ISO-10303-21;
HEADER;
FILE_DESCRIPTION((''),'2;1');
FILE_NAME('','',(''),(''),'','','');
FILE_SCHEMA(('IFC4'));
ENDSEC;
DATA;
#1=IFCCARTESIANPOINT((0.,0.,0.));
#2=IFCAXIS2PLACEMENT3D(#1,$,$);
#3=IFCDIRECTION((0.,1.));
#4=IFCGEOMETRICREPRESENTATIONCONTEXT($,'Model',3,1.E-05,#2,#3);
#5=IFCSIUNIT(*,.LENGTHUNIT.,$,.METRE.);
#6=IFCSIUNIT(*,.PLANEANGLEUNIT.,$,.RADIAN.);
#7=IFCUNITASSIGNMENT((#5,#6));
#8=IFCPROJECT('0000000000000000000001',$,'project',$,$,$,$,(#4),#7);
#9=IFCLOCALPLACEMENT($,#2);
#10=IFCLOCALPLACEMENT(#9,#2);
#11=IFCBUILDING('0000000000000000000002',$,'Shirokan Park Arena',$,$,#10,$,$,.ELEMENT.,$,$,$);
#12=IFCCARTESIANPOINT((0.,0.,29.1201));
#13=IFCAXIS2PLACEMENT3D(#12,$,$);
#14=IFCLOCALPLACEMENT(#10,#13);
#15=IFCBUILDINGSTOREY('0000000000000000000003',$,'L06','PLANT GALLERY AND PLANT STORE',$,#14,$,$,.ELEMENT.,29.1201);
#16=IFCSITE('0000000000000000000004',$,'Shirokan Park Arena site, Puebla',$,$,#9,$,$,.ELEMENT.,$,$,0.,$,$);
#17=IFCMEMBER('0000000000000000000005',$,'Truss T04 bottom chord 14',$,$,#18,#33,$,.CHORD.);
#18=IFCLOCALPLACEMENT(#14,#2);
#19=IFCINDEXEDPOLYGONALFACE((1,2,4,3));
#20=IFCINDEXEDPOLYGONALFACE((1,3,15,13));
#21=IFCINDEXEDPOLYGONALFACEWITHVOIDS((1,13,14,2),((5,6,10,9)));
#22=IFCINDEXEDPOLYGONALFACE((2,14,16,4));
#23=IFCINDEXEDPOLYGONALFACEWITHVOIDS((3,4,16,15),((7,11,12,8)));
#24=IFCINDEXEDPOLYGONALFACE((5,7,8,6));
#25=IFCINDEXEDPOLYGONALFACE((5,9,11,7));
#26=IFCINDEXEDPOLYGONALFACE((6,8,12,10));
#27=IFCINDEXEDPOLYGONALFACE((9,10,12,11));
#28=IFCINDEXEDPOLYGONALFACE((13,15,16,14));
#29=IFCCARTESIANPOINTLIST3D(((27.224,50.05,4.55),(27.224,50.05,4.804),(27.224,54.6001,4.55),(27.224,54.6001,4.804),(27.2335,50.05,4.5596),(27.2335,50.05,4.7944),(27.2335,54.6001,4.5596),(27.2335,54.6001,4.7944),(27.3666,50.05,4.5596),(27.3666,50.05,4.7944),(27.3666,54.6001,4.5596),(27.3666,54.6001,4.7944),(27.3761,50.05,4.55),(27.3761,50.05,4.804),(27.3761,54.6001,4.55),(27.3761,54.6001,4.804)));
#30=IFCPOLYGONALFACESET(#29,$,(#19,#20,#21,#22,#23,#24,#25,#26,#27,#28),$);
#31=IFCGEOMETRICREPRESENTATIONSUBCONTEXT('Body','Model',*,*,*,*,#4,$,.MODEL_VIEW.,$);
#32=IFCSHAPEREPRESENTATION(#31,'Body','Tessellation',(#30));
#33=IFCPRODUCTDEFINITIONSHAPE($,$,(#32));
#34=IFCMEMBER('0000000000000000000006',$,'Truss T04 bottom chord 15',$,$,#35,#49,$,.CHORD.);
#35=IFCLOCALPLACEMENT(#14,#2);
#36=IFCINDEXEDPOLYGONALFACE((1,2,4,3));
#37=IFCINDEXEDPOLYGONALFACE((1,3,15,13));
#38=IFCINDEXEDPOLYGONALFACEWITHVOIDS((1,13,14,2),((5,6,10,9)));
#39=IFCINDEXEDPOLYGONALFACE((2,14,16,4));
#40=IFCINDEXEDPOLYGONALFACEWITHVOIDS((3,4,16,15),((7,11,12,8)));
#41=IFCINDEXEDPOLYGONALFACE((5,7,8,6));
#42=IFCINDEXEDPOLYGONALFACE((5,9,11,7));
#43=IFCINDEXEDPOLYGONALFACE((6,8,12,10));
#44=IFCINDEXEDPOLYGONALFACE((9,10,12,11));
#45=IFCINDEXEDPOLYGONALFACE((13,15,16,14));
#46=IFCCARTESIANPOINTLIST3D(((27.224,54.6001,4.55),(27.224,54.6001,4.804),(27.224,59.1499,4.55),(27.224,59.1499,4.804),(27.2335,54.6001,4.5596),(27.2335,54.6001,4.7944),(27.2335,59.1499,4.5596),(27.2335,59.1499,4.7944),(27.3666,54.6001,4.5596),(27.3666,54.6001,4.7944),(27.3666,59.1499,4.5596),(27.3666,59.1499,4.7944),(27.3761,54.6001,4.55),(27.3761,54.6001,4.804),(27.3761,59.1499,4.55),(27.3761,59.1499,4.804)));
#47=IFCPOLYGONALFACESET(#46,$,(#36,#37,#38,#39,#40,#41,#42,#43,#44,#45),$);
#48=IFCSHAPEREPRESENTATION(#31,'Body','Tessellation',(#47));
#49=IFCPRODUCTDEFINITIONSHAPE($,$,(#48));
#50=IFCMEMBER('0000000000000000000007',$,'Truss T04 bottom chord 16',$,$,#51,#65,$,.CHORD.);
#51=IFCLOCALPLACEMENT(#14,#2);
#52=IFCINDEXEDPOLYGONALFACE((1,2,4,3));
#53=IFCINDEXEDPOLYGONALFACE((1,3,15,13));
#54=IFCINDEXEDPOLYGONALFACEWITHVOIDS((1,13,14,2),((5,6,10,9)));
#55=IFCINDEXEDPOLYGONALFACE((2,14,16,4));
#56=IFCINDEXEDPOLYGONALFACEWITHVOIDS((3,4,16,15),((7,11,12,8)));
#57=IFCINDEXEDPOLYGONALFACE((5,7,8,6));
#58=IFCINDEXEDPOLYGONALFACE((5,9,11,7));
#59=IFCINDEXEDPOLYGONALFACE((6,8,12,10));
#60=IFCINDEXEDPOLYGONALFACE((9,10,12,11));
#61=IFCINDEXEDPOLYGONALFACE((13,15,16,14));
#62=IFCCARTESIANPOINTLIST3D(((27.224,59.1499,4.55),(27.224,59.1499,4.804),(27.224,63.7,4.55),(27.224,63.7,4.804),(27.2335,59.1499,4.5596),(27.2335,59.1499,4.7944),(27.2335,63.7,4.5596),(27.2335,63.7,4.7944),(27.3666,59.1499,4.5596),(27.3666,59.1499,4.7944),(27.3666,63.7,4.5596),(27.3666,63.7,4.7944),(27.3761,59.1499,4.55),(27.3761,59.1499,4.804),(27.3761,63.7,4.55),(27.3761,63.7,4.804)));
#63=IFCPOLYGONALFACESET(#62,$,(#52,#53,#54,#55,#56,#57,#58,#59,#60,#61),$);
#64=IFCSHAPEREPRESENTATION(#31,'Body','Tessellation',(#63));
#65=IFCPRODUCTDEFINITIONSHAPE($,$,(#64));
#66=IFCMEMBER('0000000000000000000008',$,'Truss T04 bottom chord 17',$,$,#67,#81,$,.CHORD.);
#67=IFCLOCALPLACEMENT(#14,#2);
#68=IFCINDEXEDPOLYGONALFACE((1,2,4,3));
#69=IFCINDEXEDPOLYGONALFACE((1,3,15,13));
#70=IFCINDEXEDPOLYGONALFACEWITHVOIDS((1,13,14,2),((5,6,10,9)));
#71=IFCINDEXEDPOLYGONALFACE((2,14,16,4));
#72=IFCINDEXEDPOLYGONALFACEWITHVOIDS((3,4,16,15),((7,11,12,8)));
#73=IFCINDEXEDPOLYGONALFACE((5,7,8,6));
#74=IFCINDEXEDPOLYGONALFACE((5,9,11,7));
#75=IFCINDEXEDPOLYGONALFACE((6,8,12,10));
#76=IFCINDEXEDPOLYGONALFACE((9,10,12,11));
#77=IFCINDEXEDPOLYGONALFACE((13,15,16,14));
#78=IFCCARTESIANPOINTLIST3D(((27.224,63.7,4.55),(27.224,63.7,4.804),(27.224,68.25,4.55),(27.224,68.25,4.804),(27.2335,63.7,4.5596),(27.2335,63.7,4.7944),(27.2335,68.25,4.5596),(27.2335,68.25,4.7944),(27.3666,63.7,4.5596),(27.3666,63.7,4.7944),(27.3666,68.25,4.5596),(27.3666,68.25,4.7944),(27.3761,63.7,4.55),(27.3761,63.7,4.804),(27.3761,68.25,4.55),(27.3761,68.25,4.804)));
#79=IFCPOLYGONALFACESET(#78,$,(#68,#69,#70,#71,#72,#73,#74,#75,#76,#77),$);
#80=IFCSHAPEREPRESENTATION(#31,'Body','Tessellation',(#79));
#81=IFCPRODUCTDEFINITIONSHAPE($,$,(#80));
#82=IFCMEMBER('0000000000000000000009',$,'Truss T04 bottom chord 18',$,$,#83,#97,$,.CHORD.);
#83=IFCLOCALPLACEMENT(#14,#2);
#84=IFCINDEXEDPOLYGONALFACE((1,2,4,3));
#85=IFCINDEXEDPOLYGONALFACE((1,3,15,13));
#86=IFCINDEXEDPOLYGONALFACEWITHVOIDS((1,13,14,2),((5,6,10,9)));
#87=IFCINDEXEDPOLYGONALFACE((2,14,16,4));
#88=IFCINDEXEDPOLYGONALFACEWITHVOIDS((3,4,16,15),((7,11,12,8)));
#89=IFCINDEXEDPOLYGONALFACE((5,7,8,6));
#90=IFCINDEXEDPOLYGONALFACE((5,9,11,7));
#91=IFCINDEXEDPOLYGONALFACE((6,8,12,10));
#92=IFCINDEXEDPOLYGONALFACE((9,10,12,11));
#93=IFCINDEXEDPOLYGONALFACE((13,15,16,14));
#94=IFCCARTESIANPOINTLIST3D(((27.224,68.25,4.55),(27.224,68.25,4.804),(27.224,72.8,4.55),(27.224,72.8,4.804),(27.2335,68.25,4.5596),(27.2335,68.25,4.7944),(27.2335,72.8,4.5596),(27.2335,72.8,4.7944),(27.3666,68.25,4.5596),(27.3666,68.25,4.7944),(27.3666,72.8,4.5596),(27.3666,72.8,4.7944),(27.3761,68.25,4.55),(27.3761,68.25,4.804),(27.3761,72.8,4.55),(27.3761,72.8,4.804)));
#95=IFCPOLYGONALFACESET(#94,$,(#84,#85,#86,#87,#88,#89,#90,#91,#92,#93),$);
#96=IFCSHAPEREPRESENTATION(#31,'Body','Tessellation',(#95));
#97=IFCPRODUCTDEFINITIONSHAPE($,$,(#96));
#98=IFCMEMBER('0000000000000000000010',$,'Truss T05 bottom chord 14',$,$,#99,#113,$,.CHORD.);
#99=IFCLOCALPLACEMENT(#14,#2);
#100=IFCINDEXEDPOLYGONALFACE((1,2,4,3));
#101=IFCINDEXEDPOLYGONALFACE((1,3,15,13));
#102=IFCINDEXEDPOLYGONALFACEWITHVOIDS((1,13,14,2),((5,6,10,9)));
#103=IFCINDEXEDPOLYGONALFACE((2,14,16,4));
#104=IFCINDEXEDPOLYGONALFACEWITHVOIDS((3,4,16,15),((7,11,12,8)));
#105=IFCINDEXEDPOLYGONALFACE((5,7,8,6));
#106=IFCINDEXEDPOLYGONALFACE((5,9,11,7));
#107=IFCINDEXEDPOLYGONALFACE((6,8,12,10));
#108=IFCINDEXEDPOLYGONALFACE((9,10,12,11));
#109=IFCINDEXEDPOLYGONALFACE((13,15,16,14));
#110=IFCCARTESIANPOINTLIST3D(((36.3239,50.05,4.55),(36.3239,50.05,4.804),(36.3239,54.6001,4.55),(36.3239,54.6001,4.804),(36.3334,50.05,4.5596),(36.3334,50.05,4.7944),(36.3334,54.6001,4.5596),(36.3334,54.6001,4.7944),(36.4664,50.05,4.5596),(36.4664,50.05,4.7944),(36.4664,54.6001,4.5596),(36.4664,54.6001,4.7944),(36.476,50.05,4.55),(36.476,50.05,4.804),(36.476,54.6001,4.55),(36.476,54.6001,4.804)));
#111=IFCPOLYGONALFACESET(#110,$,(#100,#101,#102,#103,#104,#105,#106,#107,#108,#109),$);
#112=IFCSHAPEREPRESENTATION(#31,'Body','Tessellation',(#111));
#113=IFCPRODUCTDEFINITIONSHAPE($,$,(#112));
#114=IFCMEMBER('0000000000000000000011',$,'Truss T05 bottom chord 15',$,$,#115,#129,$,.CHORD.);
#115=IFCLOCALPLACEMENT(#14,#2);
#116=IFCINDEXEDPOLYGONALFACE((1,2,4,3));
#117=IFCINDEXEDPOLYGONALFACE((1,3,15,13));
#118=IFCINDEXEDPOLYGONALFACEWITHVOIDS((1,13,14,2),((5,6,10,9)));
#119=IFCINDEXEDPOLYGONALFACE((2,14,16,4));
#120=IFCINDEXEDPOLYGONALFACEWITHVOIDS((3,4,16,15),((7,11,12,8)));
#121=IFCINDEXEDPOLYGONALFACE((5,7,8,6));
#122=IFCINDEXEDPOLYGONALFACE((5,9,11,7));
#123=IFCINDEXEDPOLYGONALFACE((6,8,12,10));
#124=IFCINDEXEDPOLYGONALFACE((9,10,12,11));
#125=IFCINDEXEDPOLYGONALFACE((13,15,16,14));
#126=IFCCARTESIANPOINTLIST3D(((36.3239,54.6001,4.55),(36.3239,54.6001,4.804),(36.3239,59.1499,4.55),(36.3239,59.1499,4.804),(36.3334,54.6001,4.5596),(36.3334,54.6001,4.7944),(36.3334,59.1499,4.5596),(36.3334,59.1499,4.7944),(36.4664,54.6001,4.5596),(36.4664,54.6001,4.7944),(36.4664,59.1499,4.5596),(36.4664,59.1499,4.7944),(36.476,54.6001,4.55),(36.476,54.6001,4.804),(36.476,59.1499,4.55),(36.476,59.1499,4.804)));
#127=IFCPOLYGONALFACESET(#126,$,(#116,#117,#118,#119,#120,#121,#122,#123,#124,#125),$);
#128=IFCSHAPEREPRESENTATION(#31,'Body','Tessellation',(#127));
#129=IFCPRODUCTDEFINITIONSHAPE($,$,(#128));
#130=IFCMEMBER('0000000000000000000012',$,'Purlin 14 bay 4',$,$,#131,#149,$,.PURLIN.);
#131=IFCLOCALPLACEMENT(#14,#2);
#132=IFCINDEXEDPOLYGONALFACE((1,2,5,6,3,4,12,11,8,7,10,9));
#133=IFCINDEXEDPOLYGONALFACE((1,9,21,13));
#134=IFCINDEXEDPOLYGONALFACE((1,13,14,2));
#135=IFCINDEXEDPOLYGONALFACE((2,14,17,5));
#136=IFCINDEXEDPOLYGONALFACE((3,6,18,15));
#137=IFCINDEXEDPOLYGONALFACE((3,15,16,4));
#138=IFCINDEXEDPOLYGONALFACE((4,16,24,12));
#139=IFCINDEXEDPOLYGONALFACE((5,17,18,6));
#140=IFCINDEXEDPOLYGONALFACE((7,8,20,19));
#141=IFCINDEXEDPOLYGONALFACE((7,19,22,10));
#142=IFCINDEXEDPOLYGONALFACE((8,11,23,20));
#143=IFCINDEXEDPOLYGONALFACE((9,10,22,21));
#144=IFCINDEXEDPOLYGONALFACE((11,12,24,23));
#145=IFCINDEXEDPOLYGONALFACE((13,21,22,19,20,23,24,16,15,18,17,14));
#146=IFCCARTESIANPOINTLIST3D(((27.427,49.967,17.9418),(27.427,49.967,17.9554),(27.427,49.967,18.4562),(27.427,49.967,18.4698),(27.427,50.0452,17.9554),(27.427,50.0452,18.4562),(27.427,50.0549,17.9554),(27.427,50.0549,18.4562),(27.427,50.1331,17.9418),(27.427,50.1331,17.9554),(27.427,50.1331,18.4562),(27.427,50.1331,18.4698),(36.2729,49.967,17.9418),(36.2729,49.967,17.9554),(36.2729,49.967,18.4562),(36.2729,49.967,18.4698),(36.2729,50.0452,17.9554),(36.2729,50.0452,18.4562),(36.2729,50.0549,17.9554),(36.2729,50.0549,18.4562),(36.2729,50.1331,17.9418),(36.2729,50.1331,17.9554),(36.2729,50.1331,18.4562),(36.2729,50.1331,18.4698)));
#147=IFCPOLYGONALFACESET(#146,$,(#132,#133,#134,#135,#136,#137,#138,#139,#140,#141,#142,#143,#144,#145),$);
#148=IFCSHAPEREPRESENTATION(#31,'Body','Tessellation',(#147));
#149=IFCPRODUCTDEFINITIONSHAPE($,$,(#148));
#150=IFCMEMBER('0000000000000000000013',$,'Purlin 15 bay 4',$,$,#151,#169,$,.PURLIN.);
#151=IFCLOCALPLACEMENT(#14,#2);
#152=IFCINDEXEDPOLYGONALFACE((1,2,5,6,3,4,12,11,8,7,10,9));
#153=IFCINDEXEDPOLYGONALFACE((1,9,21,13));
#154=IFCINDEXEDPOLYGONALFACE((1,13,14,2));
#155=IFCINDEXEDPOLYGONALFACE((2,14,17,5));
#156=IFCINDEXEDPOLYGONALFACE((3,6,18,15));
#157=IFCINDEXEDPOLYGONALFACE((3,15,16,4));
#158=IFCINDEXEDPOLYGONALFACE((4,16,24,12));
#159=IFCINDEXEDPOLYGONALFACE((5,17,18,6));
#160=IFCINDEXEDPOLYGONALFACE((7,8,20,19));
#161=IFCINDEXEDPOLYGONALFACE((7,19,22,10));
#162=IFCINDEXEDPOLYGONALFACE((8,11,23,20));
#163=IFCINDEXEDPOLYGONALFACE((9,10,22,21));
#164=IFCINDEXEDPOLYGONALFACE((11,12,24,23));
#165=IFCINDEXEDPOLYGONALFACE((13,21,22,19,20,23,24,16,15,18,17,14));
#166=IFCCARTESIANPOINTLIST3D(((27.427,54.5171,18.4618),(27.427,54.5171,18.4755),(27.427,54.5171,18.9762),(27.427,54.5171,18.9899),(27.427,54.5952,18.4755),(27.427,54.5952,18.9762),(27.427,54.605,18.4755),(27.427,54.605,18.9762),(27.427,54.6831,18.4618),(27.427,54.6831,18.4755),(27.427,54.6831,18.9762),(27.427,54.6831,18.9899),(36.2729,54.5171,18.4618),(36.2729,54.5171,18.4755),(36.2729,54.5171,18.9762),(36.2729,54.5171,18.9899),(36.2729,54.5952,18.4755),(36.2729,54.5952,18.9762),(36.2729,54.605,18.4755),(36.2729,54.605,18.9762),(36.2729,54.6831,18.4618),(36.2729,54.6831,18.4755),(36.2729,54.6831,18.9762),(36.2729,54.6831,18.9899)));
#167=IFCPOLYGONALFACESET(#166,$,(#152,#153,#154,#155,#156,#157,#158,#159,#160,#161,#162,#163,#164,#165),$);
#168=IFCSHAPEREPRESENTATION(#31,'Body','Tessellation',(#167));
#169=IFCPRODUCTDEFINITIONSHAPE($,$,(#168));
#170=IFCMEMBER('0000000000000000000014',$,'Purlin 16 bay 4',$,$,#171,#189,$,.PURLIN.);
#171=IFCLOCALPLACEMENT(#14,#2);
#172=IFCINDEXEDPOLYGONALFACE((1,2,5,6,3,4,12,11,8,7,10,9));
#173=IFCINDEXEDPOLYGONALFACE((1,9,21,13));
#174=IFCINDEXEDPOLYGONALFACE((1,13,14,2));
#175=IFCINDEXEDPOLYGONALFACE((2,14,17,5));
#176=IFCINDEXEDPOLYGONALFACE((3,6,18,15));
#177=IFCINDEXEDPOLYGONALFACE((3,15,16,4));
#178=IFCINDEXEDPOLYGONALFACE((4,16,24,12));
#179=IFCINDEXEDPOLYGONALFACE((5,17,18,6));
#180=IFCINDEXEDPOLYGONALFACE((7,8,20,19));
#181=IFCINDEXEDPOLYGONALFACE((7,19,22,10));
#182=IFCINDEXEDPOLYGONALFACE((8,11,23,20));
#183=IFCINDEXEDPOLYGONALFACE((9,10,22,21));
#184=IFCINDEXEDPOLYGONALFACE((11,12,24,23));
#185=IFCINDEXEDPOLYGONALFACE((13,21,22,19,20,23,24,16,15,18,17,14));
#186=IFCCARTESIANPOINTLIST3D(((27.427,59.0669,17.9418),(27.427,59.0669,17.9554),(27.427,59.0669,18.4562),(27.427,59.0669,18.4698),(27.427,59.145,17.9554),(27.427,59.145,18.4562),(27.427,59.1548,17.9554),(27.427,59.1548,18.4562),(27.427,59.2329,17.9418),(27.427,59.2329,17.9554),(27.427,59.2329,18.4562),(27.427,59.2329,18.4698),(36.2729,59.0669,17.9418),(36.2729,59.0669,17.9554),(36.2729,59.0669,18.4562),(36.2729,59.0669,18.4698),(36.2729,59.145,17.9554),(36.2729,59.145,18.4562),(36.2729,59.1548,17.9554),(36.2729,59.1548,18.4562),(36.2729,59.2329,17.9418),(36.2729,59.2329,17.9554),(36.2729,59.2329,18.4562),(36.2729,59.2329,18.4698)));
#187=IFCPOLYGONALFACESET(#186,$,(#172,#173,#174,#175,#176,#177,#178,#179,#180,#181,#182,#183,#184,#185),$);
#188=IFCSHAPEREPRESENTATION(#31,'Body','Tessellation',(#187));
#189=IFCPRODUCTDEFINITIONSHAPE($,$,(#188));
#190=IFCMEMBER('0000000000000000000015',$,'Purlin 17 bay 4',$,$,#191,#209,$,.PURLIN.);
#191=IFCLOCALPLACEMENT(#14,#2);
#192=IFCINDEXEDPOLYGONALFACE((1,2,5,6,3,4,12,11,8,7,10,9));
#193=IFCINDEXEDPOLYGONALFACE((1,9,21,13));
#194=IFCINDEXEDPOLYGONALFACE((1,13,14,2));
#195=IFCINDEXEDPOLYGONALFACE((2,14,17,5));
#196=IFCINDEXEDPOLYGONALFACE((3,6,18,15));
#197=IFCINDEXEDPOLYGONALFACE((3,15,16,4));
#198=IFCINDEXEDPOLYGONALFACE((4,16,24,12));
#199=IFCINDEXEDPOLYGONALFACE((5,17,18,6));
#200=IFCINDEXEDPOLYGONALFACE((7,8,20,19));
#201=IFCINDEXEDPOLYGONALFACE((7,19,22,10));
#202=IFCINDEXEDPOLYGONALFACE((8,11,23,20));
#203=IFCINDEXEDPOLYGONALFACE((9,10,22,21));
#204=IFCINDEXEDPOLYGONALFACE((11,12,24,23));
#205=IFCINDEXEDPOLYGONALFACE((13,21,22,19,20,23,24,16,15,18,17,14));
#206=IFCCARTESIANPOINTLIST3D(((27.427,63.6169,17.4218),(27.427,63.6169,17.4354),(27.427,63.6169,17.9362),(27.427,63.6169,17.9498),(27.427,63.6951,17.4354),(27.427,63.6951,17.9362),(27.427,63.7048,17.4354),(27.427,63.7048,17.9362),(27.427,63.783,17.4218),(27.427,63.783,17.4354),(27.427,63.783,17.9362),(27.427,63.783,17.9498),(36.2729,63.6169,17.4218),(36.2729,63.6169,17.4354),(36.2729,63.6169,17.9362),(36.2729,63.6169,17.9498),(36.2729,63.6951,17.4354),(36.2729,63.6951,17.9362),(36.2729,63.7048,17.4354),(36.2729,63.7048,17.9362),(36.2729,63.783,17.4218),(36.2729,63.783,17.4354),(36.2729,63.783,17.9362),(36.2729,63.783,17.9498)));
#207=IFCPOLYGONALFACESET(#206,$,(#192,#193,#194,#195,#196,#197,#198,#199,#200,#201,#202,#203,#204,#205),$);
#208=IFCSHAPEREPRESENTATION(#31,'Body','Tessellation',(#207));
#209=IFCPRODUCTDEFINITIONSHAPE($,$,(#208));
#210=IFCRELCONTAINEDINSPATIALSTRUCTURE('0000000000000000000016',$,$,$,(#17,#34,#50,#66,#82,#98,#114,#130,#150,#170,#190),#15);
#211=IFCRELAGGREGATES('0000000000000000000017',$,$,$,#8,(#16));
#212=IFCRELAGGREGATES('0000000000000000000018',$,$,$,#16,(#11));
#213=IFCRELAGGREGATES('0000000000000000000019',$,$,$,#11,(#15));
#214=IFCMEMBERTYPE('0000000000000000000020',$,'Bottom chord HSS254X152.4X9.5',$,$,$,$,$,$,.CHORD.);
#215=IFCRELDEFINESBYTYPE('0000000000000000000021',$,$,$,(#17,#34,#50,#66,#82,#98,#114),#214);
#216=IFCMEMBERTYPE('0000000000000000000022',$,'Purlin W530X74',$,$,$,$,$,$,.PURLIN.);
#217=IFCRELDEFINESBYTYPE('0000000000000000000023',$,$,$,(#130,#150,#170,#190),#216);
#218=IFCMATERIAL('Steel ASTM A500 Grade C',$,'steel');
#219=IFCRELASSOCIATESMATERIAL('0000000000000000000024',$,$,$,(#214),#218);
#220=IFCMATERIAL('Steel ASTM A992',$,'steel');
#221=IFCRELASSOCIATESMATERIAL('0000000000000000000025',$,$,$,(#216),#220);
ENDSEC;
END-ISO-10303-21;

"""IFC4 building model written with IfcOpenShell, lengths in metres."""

from ifc_helpers import new_model, si_unit, direction, frame, origin, origin_2d, place, context, subcontext, project, spatial, hollow_rectangle, i_section, extrude, material, material_profile, profile_set, type_object, element, save


model = new_model("IFC4")

# Units and contexts
model_context = context("Model", 3, precision=1e-05, world=origin(), true_north=direction((0.0, 1.0)))
body_context = subcontext(model_context, "Body", "Model", "MODEL_VIEW")
ifc_project = project(units=[si_unit("LENGTHUNIT", "METRE"), si_unit("PLANEANGLEUNIT", "RADIAN")], contexts=[model_context])

# Site, building, storey
site_placement = place(None, origin())
site = spatial("IfcSite", under=ifc_project, at=site_placement, Name="Shirokan Park Arena site, Puebla", CompositionType="ELEMENT", RefElevation=0.0)
building_placement = place(site_placement, origin())
building = spatial("IfcBuilding", under=site, at=building_placement, Name="Shirokan Park Arena", CompositionType="ELEMENT")
storey_placement = place(building_placement, frame((0.0, 0.0, 29.1201)))
storey = spatial("IfcBuildingStorey", under=building, at=storey_placement, Name="L06", Description="PLANT GALLERY AND PLANT STORE", CompositionType="ELEMENT", Elevation=29.1201)

# Members
ifc_material_1 = material(Name="Steel ASTM A500 Grade C", Category="steel")
ifc_material_profile_1 = material_profile(ifc_material_1, hollow_rectangle(XDim=0.1521, YDim=0.2539, WallThickness=0.0095, at=origin_2d()), Name="HSS254X152.4X9.5")
ifc_profile_set_1 = profile_set([ifc_material_profile_1], Name="Steel ASTM A500 Grade C")
member_type_1 = type_object("IfcMemberType", Name="Bottom chord HSS254X152.4X9.5", PredefinedType="CHORD", material=ifc_profile_set_1)
member_1_placement = place(storey_placement, frame((27.3, 50.05, 4.677), z_axis=(0.0, 1.0, 0.0), x_axis=(-1.0, 0.0, 0.0)))
element("IfcMember", 1, at=member_1_placement, inside=storey, type_object=member_type_1, Name="Truss T04 bottom chord 14", PredefinedType="CHORD", context=body_context, shape_type="SweptSolid", body=[
    extrude(hollow_rectangle(XDim=0.1521, YDim=0.2539, WallThickness=0.0095, at=origin_2d()), origin(), (0.0, 0.0, 1.0), 4.55),
])
member_2_placement = place(storey_placement, frame((27.3, 54.6001, 4.677), z_axis=(0.0, 1.0, 0.0), x_axis=(-1.0, 0.0, 0.0)))
element("IfcMember", 2, at=member_2_placement, inside=storey, type_object=member_type_1, Name="Truss T04 bottom chord 15", PredefinedType="CHORD", context=body_context, shape_type="SweptSolid", body=[
    extrude(hollow_rectangle(XDim=0.1521, YDim=0.2539, WallThickness=0.0095, at=origin_2d()), origin(), (0.0, 0.0, 1.0), 4.5498),
])
for number, where, z_axis, x_axis, name in (
    (3, (27.3, 59.1499, 4.677), (0.0, 1.0, 0.0), (-1.0, 0.0, 0.0), "Truss T04 bottom chord 16"),
    (4, (27.3, 63.7, 4.677), (0.0, 1.0, 0.0), (-1.0, 0.0, 0.0), "Truss T04 bottom chord 17"),
    (5, (27.3, 68.25, 4.677), (0.0, 1.0, 0.0), (-1.0, 0.0, 0.0), "Truss T04 bottom chord 18"),
    (6, (36.3999, 50.05, 4.677), (0.0, 1.0, 0.0), (-1.0, 0.0, 0.0), "Truss T05 bottom chord 14"),
):
    element("IfcMember", number, at=place(storey_placement, frame(where, z_axis=z_axis, x_axis=x_axis)), inside=storey, type_object=member_type_1, Name=name, PredefinedType="CHORD", context=body_context, shape_type="SweptSolid", body=[
        extrude(hollow_rectangle(XDim=0.1521, YDim=0.2539, WallThickness=0.0095, at=origin_2d()), origin(), (0.0, 0.0, 1.0), 4.55),
    ])
member_3_placement = place(storey_placement, frame((36.3999, 54.6001, 4.677), z_axis=(0.0, 1.0, 0.0), x_axis=(-1.0, 0.0, 0.0)))
element("IfcMember", 7, at=member_3_placement, inside=storey, type_object=member_type_1, Name="Truss T05 bottom chord 15", PredefinedType="CHORD", context=body_context, shape_type="SweptSolid", body=[
    extrude(hollow_rectangle(XDim=0.1521, YDim=0.2539, WallThickness=0.0095, at=origin_2d()), origin(), (0.0, 0.0, 1.0), 4.5498),
])
ifc_material_2 = material(Name="Steel ASTM A992", Category="steel")
ifc_material_profile_2 = material_profile(ifc_material_2, i_section(OverallWidth=0.166, OverallDepth=0.5281, WebThickness=0.0098, FlangeThickness=0.0137, at=origin_2d()), Name="W530X74")
ifc_profile_set_2 = profile_set([ifc_material_profile_2], Name="Steel ASTM A992")
member_type_2 = type_object("IfcMemberType", Name="Purlin W530X74", PredefinedType="PURLIN", material=ifc_profile_set_2)
for number, where, z_axis, x_axis, name in (
    (8, (27.427, 50.05, 18.2058), (1.0, 0.0, 0.0), (0.0, 1.0, 0.0), "Purlin 14 bay 4"),
    (9, (27.427, 54.6001, 18.7258), (1.0, 0.0, 0.0), (0.0, 1.0, 0.0), "Purlin 15 bay 4"),
    (10, (27.427, 59.1499, 18.2058), (1.0, 0.0, 0.0), (0.0, 1.0, 0.0), "Purlin 16 bay 4"),
    (11, (27.427, 63.7, 17.6858), (1.0, 0.0, 0.0), (0.0, 1.0, 0.0), "Purlin 17 bay 4"),
):
    element("IfcMember", number, at=place(storey_placement, frame(where, z_axis=z_axis, x_axis=x_axis)), inside=storey, type_object=member_type_2, Name=name, PredefinedType="PURLIN", context=body_context, shape_type="SweptSolid", body=[
        extrude(i_section(OverallWidth=0.166, OverallDepth=0.5281, WebThickness=0.0098, FlangeThickness=0.0137, at=origin_2d()), origin(), (0.0, 0.0, 1.0), 8.8459),
    ])

save(model, "model.ifc")
